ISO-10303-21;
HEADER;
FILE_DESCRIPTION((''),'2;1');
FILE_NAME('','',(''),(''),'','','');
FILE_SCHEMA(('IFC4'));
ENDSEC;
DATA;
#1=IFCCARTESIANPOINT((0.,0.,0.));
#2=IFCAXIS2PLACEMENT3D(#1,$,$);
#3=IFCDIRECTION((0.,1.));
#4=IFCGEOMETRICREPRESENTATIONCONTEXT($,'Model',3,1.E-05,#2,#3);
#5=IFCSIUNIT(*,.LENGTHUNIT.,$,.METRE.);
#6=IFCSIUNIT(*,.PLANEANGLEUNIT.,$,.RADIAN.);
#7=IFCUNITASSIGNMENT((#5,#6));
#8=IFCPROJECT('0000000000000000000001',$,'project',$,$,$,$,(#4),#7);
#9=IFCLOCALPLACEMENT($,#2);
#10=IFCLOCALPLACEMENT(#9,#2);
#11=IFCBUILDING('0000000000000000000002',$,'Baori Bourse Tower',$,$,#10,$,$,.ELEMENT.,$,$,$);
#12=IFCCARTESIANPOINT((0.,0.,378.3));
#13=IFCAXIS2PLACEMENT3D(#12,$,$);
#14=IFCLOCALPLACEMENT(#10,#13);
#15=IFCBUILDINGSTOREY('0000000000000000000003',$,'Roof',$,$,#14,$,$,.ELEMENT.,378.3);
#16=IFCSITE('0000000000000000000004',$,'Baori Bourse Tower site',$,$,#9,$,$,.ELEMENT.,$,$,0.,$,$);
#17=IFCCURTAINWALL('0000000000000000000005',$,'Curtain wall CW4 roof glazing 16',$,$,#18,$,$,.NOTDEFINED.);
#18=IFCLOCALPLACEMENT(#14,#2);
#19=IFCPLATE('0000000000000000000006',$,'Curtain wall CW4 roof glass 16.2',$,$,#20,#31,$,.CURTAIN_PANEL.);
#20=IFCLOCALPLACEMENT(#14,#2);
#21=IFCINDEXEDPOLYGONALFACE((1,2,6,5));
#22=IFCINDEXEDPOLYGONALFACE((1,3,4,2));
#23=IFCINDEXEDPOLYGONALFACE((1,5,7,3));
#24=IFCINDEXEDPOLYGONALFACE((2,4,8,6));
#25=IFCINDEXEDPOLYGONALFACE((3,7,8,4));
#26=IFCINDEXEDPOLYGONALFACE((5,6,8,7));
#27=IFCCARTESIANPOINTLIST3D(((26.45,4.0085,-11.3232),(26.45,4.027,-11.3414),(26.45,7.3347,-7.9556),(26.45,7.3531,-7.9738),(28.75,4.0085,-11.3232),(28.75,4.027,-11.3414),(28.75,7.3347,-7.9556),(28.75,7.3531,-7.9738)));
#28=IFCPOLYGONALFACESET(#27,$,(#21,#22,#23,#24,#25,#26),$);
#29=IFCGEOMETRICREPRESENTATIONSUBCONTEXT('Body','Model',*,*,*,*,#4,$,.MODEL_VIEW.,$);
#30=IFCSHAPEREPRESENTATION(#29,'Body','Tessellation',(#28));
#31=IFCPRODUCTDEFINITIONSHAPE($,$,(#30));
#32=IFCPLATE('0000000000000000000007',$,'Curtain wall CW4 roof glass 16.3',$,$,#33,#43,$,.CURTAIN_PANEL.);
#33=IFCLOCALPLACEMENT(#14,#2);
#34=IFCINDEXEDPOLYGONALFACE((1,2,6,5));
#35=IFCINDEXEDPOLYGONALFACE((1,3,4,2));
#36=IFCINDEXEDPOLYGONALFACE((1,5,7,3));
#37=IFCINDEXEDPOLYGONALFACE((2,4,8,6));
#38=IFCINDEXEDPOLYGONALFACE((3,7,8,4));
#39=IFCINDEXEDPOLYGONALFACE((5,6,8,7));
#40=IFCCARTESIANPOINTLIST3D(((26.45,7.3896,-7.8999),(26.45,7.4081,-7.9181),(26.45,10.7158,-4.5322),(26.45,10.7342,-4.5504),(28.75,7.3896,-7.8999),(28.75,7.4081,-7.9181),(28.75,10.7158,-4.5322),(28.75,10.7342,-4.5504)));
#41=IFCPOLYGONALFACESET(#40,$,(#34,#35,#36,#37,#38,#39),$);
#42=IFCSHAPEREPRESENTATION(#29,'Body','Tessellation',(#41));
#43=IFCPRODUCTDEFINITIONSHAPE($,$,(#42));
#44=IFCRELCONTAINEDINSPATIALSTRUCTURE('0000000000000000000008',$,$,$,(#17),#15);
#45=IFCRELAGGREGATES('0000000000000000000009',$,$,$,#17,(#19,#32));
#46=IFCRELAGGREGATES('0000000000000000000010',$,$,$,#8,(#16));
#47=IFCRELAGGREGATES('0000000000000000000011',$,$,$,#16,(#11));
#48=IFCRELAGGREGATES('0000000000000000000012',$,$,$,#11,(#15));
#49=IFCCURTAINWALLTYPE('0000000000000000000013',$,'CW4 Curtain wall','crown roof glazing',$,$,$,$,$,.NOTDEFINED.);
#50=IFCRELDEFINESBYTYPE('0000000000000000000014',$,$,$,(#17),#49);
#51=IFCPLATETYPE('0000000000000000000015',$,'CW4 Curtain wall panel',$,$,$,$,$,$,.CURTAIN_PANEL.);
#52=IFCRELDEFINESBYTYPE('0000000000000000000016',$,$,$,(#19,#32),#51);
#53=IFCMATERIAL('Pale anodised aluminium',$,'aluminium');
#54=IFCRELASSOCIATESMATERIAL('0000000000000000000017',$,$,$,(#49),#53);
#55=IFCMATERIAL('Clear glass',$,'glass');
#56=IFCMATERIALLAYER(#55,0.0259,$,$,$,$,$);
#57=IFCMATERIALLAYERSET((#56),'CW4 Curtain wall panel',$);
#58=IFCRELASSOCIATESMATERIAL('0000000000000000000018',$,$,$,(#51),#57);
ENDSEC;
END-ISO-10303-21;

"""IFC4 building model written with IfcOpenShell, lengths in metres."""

from ifc_helpers import new_model, si_unit, direction, frame, origin, place, context, subcontext, project, spatial, polyline, outline, extrude, material, layer, layer_set, type_object, element, aggregate, save


model = new_model("IFC4")

# Units and contexts
model_context = context("Model", 3, precision=1e-05, world=origin(), true_north=direction((0.0, 1.0)))
body_context = subcontext(model_context, "Body", "Model", "MODEL_VIEW")
ifc_project = project(units=[si_unit("LENGTHUNIT", "METRE"), si_unit("PLANEANGLEUNIT", "RADIAN")], contexts=[model_context])

# Site, building, storey
site_placement = place(None, origin())
site = spatial("IfcSite", under=ifc_project, at=site_placement, Name="Baori Bourse Tower site", CompositionType="ELEMENT", RefElevation=0.0)
building_placement = place(site_placement, origin())
building = spatial("IfcBuilding", under=site, at=building_placement, Name="Baori Bourse Tower", CompositionType="ELEMENT")
storey_placement = place(building_placement, frame((0.0, 0.0, 378.3)))
storey = spatial("IfcBuildingStorey", under=building, at=storey_placement, Name="Roof", CompositionType="ELEMENT", Elevation=378.3)

# Shared definitions
ifc_material_1 = material(Name="Pale anodised aluminium", Category="aluminium")
curtain_wall_type = type_object("IfcCurtainWallType", Name="CW4 Curtain wall", Description="crown roof glazing", PredefinedType="NOTDEFINED", material=ifc_material_1)

# Curtain wall
curtain_wall_1_placement = place(storey_placement, origin())
curtain_wall_1 = element("IfcCurtainWall", 1, at=curtain_wall_1_placement, inside=storey, type_object=curtain_wall_type, Name="Curtain wall CW4 roof glazing 16", PredefinedType="NOTDEFINED")

# Plates
ifc_material_2 = material(Name="Clear glass", Category="glass")
ifc_layer = layer(ifc_material_2, 0.0259)
ifc_layer_set = layer_set([ifc_layer], Name="CW4 Curtain wall panel")
plate_type = type_object("IfcPlateType", Name="CW4 Curtain wall panel", PredefinedType="CURTAIN_PANEL", material=ifc_layer_set)
plate_1_placement = place(storey_placement, frame((26.45, 4.0085, -11.3232), z_axis=(0.0, -0.711477, 0.702709), x_axis=(1.0, 0.0, 0.0)))
plate_1 = element("IfcPlate", 2, at=plate_1_placement, type_object=plate_type, Name="Curtain wall CW4 roof glass 16.2", PredefinedType="CURTAIN_PANEL", context=body_context, shape_type="SweptSolid", body=[
    extrude(outline(polyline([(0.0, 0.0), (2.3, 0.0), (2.3, 4.7334), (0.0, 4.7334), (0.0, 0.0)])), origin(), (0.0, 0.0, -1.0), 0.0259),
])
plate_2_placement = place(storey_placement, frame((26.45, 7.3896, -7.8999), z_axis=(0.0, -0.711477, 0.702709), x_axis=(1.0, 0.0, 0.0)))
plate_2 = element("IfcPlate", 3, at=plate_2_placement, type_object=plate_type, Name="Curtain wall CW4 roof glass 16.3", PredefinedType="CURTAIN_PANEL", context=body_context, shape_type="SweptSolid", body=[
    extrude(outline(polyline([(0.0, 0.0), (2.3, 0.0), (2.3, 4.7334), (0.0, 4.7334), (0.0, 0.0)])), origin(), (0.0, 0.0, -1.0), 0.0259),
])
aggregate(curtain_wall_1, [plate_1, plate_2])

save(model, "model.ifc")
